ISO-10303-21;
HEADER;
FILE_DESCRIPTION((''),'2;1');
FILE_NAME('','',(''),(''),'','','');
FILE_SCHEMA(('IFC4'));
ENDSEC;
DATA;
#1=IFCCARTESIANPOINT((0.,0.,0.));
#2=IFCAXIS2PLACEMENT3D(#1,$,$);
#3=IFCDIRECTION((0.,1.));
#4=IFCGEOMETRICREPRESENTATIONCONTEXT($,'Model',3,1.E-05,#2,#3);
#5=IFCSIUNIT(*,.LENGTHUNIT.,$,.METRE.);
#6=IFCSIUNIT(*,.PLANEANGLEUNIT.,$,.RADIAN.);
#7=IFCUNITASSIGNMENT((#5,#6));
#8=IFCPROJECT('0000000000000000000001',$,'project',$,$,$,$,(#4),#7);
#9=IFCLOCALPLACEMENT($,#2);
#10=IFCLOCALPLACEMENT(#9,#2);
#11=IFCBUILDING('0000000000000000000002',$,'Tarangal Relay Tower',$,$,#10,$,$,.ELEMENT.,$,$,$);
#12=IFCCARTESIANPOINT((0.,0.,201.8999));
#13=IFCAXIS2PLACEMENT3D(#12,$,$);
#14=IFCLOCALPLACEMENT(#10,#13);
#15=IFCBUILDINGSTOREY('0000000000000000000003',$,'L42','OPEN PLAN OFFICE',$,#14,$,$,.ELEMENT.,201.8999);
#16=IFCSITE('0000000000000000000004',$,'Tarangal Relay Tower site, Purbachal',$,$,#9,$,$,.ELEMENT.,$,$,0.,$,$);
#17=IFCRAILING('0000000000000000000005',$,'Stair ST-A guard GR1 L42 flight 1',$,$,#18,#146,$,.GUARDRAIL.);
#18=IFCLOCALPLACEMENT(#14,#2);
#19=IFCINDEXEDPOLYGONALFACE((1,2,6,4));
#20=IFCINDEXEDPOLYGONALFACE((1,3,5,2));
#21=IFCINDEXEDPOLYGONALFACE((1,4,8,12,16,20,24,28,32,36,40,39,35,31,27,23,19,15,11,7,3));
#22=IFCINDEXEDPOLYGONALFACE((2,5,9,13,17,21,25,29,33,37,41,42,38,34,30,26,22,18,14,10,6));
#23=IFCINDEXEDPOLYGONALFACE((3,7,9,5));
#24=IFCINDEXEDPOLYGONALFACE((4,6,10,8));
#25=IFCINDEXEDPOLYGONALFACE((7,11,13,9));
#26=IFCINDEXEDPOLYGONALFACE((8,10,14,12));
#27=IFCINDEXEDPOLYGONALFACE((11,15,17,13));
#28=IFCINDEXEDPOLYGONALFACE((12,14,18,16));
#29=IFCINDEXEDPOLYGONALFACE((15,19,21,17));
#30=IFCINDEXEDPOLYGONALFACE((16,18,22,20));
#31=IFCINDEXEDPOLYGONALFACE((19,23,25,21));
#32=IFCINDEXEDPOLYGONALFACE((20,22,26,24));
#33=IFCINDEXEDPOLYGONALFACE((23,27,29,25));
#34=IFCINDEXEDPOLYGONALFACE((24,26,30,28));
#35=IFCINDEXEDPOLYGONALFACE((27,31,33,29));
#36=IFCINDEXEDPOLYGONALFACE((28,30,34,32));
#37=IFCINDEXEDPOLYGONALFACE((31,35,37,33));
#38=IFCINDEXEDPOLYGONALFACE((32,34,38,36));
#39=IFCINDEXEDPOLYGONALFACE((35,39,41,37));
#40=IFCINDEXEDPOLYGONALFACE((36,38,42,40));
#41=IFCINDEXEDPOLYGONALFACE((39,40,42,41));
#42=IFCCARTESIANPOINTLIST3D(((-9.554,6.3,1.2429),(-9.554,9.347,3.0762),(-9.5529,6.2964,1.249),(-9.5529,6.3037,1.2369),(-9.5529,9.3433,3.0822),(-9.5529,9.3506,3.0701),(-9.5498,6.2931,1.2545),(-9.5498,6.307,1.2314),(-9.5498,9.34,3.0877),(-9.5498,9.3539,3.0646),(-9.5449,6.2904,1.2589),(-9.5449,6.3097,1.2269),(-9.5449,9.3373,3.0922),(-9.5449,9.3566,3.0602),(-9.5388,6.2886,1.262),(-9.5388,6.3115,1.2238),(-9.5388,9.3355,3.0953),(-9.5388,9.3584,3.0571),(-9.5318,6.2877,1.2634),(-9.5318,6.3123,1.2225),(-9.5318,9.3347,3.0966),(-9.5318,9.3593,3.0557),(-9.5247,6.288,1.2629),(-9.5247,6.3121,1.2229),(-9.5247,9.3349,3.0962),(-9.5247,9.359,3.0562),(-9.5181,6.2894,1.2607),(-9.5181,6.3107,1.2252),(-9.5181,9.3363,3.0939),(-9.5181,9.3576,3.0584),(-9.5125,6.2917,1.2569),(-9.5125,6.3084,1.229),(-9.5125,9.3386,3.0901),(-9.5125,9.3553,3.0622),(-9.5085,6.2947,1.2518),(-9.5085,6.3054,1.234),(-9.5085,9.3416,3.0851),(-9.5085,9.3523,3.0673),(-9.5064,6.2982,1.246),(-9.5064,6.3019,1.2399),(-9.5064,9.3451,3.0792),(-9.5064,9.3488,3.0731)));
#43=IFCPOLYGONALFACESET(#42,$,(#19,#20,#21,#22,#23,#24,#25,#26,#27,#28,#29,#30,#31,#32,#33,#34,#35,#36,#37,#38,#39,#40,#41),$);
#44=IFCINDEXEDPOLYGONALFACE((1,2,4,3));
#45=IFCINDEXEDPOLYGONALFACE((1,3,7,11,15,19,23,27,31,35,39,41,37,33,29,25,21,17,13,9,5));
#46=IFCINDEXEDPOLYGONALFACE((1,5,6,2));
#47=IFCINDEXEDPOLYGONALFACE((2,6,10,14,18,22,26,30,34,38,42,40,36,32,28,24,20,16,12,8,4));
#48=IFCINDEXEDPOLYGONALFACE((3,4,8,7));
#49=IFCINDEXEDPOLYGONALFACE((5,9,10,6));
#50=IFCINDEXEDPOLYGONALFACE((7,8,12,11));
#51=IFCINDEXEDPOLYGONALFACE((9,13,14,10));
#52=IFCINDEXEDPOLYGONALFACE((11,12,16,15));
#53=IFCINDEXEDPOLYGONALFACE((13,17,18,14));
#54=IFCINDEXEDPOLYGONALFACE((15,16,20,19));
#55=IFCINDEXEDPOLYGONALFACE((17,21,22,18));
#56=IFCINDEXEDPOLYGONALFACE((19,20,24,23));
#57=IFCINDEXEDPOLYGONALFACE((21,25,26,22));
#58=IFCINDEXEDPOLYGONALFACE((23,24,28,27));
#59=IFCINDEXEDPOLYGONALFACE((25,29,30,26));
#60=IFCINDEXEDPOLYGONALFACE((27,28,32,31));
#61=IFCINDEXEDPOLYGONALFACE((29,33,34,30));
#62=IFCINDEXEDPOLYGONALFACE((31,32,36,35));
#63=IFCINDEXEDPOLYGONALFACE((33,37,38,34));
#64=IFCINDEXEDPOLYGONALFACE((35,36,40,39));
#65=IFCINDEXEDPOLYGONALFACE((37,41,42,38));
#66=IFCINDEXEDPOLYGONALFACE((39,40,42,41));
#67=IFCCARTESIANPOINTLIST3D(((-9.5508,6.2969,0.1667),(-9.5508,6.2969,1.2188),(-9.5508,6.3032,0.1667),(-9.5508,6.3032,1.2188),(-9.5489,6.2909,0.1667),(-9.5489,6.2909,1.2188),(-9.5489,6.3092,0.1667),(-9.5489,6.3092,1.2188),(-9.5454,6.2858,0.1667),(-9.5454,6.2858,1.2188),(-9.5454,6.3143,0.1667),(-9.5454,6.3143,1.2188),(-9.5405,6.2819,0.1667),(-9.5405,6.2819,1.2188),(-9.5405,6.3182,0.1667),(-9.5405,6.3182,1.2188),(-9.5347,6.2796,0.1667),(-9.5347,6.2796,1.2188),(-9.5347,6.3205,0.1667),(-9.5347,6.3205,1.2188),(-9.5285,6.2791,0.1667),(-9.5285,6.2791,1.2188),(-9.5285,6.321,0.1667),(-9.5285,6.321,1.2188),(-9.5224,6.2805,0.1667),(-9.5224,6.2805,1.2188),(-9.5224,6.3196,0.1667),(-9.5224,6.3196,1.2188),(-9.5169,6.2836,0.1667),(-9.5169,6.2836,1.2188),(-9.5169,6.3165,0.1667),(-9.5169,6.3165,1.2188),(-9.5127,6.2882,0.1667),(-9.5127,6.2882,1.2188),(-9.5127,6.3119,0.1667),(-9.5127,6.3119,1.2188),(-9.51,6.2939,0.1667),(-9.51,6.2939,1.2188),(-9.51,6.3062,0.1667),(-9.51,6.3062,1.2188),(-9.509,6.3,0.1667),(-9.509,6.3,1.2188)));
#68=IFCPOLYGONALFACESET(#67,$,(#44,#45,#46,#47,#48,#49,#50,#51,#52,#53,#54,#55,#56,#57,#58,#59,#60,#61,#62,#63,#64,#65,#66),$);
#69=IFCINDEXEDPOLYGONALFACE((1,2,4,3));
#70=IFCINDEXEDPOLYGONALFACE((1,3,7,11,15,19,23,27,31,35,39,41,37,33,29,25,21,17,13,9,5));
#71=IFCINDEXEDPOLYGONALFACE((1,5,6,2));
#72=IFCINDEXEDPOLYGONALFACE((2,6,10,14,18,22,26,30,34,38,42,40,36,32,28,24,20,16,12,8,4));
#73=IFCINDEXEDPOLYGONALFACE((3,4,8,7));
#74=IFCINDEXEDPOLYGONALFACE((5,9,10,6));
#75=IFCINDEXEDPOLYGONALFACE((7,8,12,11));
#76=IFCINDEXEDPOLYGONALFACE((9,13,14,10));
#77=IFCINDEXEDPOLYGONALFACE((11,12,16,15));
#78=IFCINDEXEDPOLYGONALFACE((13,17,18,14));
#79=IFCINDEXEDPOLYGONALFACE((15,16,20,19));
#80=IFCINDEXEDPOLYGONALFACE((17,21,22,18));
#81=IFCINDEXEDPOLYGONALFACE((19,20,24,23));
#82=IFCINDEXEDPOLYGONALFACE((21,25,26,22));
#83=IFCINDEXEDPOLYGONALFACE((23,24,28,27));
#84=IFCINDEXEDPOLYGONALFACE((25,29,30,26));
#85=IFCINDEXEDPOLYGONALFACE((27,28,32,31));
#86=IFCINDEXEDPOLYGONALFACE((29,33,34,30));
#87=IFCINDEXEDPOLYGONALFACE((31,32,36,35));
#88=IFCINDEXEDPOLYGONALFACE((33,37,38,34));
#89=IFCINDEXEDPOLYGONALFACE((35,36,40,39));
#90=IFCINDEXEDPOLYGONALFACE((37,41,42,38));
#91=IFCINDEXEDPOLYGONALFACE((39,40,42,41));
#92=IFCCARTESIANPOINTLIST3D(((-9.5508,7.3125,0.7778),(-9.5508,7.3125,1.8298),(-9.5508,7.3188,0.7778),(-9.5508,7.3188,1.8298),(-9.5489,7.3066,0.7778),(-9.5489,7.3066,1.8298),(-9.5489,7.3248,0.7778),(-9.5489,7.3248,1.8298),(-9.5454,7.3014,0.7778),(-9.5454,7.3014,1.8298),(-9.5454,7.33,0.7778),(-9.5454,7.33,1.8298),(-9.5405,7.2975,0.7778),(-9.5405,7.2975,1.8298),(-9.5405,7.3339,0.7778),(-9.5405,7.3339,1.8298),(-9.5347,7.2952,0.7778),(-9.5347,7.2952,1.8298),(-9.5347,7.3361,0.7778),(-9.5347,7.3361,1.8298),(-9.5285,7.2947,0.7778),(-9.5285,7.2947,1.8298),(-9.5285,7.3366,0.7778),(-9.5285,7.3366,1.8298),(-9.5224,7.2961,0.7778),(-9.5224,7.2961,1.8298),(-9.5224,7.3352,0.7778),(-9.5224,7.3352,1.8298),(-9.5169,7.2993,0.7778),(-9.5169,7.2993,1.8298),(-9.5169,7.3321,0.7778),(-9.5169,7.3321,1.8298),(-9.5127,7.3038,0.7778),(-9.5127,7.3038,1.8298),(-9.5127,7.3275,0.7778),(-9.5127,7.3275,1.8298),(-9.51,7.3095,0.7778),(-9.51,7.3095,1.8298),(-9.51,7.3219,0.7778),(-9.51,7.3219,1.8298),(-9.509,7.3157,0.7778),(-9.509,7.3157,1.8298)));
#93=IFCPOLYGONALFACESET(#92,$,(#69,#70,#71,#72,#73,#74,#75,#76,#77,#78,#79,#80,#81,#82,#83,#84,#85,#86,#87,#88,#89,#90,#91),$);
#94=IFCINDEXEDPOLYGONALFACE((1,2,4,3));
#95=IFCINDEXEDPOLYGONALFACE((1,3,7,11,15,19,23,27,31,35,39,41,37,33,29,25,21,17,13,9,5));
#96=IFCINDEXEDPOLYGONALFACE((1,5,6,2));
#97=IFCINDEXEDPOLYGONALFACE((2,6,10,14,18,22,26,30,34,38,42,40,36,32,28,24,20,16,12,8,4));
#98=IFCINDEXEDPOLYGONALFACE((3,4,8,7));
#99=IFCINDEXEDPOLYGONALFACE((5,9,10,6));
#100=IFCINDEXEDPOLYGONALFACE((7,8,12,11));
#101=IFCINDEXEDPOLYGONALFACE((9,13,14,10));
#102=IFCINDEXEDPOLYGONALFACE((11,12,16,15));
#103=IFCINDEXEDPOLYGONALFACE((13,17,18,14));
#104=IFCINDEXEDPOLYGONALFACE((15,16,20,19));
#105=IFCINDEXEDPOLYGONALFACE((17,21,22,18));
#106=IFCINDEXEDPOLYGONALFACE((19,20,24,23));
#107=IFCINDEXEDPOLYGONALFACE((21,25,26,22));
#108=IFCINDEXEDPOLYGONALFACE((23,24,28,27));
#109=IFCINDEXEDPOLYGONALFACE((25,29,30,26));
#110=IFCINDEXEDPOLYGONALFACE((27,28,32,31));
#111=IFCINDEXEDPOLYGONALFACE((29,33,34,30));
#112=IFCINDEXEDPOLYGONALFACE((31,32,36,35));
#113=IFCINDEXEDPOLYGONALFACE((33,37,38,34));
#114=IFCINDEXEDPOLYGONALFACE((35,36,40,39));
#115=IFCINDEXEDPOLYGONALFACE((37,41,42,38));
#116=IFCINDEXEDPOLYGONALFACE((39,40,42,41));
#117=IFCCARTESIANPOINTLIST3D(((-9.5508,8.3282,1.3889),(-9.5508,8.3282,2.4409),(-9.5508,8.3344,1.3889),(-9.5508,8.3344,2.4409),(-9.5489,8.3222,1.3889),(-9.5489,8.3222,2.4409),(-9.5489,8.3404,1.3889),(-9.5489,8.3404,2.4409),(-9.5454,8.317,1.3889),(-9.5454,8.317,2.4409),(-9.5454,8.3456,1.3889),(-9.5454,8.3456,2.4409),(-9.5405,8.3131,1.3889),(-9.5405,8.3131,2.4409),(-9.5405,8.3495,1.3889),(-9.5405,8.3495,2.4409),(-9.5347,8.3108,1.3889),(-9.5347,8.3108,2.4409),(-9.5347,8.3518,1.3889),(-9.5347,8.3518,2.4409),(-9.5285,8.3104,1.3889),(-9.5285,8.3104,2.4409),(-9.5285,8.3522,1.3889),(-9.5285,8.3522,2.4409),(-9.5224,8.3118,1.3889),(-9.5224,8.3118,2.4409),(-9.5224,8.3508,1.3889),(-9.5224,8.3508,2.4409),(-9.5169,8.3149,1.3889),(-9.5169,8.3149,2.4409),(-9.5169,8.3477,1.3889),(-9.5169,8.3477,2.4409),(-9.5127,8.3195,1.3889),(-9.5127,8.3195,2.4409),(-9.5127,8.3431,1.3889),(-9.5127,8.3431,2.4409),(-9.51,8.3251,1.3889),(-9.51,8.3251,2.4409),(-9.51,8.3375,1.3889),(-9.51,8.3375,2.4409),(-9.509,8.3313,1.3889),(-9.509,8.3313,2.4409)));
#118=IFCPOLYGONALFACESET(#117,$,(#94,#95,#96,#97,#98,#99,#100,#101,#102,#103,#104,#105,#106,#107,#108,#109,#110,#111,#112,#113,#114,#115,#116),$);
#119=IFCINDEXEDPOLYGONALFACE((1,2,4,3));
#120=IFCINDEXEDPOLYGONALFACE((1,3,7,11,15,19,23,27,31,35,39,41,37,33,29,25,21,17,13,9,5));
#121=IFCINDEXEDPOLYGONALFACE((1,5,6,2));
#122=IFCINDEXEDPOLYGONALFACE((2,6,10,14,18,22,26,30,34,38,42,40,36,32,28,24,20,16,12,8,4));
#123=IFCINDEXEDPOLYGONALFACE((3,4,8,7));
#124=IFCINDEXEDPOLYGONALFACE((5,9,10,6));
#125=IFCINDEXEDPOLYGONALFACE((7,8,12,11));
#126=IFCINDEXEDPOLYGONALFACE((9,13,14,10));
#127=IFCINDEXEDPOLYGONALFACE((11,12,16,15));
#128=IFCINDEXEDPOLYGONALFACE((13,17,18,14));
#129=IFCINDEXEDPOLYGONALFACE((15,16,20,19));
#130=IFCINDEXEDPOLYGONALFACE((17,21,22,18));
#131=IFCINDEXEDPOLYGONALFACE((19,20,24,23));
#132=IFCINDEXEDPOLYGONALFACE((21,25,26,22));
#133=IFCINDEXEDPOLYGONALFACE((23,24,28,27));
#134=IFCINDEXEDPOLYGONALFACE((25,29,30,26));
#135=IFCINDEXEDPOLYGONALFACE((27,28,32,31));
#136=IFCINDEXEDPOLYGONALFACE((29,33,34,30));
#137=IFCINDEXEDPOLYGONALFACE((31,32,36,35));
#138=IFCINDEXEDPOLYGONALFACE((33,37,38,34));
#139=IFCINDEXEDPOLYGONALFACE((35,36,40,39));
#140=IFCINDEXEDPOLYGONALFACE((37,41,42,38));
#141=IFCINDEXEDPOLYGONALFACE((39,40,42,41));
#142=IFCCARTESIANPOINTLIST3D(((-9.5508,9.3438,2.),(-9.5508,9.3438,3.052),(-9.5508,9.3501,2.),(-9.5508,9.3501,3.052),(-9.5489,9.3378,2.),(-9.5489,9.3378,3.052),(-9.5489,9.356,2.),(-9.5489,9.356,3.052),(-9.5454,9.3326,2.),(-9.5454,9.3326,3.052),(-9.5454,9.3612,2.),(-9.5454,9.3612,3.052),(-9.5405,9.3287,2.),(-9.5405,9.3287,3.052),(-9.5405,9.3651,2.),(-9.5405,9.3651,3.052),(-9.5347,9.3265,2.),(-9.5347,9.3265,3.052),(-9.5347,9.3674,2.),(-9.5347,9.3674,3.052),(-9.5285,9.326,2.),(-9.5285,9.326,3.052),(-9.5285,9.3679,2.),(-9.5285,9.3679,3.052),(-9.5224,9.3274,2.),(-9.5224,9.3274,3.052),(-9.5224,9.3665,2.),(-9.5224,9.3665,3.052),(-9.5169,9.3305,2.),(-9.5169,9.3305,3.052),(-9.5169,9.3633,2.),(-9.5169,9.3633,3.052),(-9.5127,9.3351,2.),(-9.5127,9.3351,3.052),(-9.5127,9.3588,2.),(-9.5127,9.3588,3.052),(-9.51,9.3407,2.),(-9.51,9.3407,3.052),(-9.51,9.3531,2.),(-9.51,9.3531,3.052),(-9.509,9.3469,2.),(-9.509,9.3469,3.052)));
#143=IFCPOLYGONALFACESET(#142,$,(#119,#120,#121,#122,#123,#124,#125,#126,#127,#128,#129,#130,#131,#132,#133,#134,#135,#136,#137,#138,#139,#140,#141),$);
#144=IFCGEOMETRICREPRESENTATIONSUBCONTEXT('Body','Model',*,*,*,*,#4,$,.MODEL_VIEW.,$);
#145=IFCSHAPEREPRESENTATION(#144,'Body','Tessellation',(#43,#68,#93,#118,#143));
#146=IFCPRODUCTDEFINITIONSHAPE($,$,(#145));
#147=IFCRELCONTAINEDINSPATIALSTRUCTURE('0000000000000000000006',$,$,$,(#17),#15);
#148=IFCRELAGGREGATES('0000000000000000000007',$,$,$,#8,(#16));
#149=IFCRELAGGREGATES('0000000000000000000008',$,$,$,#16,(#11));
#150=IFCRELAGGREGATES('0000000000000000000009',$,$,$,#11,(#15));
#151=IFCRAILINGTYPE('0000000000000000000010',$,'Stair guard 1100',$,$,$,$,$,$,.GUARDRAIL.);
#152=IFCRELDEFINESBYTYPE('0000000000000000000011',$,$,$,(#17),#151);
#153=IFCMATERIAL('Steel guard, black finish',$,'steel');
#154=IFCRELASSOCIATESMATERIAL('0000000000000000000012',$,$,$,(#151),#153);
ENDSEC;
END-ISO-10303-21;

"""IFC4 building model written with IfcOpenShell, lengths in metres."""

from ifc_helpers import new_model, si_unit, direction, frame, origin, origin_2d, place, context, subcontext, project, spatial, circle, extrude, material, type_object, element, save


model = new_model("IFC4")

# Units and contexts
model_context = context("Model", 3, precision=1e-05, world=origin(), true_north=direction((0.0, 1.0)))
body_context = subcontext(model_context, "Body", "Model", "MODEL_VIEW")
ifc_project = project(units=[si_unit("LENGTHUNIT", "METRE"), si_unit("PLANEANGLEUNIT", "RADIAN")], contexts=[model_context])

# Site, building, storey
site_placement = place(None, origin())
site = spatial("IfcSite", under=ifc_project, at=site_placement, Name="Tarangal Relay Tower site, Purbachal", CompositionType="ELEMENT", RefElevation=0.0)
building_placement = place(site_placement, origin())
building = spatial("IfcBuilding", under=site, at=building_placement, Name="Tarangal Relay Tower", CompositionType="ELEMENT")
storey_placement = place(building_placement, frame((0.0, 0.0, 201.8999)))
storey = spatial("IfcBuildingStorey", under=building, at=storey_placement, Name="L42", Description="OPEN PLAN OFFICE", CompositionType="ELEMENT", Elevation=201.8999)

# Railing
ifc_material_1 = material(Name="Steel guard, black finish", Category="steel")
railing_type_1 = type_object("IfcRailingType", Name="Stair guard 1100", PredefinedType="GUARDRAIL", material=ifc_material_1)
railing_1_placement = place(storey_placement, frame((-9.53, 6.3, 0.1667)))
element("IfcRailing", 1, at=railing_1_placement, inside=storey, type_object=railing_type_1, Name="Stair ST-A guard GR1 L42 flight 1", PredefinedType="GUARDRAIL", context=body_context, shape_type="SweptSolid", body=[
    extrude(circle(Radius=0.0239, at=origin_2d()), frame((0.0, 0.0, 1.0762), z_axis=(0.0, 0.856856, 0.515556), x_axis=(-1.0, 0.0, 0.0)), (0.0, 0.0, 1.0), 3.5559),
    extrude(circle(Radius=0.021, at=origin_2d()), origin(), (0.0, 0.0, 1.0), 1.052),
    extrude(circle(Radius=0.021, at=origin_2d()), frame((0.0, 1.0156, 0.6111)), (0.0, 0.0, 1.0), 1.052),
    extrude(circle(Radius=0.021, at=origin_2d()), frame((0.0, 2.0312, 1.2222)), (0.0, 0.0, 1.0), 1.052),
    extrude(circle(Radius=0.021, at=origin_2d()), frame((0.0, 3.0469, 1.8333)), (0.0, 0.0, 1.0), 1.052),
])

save(model, "model.ifc")
